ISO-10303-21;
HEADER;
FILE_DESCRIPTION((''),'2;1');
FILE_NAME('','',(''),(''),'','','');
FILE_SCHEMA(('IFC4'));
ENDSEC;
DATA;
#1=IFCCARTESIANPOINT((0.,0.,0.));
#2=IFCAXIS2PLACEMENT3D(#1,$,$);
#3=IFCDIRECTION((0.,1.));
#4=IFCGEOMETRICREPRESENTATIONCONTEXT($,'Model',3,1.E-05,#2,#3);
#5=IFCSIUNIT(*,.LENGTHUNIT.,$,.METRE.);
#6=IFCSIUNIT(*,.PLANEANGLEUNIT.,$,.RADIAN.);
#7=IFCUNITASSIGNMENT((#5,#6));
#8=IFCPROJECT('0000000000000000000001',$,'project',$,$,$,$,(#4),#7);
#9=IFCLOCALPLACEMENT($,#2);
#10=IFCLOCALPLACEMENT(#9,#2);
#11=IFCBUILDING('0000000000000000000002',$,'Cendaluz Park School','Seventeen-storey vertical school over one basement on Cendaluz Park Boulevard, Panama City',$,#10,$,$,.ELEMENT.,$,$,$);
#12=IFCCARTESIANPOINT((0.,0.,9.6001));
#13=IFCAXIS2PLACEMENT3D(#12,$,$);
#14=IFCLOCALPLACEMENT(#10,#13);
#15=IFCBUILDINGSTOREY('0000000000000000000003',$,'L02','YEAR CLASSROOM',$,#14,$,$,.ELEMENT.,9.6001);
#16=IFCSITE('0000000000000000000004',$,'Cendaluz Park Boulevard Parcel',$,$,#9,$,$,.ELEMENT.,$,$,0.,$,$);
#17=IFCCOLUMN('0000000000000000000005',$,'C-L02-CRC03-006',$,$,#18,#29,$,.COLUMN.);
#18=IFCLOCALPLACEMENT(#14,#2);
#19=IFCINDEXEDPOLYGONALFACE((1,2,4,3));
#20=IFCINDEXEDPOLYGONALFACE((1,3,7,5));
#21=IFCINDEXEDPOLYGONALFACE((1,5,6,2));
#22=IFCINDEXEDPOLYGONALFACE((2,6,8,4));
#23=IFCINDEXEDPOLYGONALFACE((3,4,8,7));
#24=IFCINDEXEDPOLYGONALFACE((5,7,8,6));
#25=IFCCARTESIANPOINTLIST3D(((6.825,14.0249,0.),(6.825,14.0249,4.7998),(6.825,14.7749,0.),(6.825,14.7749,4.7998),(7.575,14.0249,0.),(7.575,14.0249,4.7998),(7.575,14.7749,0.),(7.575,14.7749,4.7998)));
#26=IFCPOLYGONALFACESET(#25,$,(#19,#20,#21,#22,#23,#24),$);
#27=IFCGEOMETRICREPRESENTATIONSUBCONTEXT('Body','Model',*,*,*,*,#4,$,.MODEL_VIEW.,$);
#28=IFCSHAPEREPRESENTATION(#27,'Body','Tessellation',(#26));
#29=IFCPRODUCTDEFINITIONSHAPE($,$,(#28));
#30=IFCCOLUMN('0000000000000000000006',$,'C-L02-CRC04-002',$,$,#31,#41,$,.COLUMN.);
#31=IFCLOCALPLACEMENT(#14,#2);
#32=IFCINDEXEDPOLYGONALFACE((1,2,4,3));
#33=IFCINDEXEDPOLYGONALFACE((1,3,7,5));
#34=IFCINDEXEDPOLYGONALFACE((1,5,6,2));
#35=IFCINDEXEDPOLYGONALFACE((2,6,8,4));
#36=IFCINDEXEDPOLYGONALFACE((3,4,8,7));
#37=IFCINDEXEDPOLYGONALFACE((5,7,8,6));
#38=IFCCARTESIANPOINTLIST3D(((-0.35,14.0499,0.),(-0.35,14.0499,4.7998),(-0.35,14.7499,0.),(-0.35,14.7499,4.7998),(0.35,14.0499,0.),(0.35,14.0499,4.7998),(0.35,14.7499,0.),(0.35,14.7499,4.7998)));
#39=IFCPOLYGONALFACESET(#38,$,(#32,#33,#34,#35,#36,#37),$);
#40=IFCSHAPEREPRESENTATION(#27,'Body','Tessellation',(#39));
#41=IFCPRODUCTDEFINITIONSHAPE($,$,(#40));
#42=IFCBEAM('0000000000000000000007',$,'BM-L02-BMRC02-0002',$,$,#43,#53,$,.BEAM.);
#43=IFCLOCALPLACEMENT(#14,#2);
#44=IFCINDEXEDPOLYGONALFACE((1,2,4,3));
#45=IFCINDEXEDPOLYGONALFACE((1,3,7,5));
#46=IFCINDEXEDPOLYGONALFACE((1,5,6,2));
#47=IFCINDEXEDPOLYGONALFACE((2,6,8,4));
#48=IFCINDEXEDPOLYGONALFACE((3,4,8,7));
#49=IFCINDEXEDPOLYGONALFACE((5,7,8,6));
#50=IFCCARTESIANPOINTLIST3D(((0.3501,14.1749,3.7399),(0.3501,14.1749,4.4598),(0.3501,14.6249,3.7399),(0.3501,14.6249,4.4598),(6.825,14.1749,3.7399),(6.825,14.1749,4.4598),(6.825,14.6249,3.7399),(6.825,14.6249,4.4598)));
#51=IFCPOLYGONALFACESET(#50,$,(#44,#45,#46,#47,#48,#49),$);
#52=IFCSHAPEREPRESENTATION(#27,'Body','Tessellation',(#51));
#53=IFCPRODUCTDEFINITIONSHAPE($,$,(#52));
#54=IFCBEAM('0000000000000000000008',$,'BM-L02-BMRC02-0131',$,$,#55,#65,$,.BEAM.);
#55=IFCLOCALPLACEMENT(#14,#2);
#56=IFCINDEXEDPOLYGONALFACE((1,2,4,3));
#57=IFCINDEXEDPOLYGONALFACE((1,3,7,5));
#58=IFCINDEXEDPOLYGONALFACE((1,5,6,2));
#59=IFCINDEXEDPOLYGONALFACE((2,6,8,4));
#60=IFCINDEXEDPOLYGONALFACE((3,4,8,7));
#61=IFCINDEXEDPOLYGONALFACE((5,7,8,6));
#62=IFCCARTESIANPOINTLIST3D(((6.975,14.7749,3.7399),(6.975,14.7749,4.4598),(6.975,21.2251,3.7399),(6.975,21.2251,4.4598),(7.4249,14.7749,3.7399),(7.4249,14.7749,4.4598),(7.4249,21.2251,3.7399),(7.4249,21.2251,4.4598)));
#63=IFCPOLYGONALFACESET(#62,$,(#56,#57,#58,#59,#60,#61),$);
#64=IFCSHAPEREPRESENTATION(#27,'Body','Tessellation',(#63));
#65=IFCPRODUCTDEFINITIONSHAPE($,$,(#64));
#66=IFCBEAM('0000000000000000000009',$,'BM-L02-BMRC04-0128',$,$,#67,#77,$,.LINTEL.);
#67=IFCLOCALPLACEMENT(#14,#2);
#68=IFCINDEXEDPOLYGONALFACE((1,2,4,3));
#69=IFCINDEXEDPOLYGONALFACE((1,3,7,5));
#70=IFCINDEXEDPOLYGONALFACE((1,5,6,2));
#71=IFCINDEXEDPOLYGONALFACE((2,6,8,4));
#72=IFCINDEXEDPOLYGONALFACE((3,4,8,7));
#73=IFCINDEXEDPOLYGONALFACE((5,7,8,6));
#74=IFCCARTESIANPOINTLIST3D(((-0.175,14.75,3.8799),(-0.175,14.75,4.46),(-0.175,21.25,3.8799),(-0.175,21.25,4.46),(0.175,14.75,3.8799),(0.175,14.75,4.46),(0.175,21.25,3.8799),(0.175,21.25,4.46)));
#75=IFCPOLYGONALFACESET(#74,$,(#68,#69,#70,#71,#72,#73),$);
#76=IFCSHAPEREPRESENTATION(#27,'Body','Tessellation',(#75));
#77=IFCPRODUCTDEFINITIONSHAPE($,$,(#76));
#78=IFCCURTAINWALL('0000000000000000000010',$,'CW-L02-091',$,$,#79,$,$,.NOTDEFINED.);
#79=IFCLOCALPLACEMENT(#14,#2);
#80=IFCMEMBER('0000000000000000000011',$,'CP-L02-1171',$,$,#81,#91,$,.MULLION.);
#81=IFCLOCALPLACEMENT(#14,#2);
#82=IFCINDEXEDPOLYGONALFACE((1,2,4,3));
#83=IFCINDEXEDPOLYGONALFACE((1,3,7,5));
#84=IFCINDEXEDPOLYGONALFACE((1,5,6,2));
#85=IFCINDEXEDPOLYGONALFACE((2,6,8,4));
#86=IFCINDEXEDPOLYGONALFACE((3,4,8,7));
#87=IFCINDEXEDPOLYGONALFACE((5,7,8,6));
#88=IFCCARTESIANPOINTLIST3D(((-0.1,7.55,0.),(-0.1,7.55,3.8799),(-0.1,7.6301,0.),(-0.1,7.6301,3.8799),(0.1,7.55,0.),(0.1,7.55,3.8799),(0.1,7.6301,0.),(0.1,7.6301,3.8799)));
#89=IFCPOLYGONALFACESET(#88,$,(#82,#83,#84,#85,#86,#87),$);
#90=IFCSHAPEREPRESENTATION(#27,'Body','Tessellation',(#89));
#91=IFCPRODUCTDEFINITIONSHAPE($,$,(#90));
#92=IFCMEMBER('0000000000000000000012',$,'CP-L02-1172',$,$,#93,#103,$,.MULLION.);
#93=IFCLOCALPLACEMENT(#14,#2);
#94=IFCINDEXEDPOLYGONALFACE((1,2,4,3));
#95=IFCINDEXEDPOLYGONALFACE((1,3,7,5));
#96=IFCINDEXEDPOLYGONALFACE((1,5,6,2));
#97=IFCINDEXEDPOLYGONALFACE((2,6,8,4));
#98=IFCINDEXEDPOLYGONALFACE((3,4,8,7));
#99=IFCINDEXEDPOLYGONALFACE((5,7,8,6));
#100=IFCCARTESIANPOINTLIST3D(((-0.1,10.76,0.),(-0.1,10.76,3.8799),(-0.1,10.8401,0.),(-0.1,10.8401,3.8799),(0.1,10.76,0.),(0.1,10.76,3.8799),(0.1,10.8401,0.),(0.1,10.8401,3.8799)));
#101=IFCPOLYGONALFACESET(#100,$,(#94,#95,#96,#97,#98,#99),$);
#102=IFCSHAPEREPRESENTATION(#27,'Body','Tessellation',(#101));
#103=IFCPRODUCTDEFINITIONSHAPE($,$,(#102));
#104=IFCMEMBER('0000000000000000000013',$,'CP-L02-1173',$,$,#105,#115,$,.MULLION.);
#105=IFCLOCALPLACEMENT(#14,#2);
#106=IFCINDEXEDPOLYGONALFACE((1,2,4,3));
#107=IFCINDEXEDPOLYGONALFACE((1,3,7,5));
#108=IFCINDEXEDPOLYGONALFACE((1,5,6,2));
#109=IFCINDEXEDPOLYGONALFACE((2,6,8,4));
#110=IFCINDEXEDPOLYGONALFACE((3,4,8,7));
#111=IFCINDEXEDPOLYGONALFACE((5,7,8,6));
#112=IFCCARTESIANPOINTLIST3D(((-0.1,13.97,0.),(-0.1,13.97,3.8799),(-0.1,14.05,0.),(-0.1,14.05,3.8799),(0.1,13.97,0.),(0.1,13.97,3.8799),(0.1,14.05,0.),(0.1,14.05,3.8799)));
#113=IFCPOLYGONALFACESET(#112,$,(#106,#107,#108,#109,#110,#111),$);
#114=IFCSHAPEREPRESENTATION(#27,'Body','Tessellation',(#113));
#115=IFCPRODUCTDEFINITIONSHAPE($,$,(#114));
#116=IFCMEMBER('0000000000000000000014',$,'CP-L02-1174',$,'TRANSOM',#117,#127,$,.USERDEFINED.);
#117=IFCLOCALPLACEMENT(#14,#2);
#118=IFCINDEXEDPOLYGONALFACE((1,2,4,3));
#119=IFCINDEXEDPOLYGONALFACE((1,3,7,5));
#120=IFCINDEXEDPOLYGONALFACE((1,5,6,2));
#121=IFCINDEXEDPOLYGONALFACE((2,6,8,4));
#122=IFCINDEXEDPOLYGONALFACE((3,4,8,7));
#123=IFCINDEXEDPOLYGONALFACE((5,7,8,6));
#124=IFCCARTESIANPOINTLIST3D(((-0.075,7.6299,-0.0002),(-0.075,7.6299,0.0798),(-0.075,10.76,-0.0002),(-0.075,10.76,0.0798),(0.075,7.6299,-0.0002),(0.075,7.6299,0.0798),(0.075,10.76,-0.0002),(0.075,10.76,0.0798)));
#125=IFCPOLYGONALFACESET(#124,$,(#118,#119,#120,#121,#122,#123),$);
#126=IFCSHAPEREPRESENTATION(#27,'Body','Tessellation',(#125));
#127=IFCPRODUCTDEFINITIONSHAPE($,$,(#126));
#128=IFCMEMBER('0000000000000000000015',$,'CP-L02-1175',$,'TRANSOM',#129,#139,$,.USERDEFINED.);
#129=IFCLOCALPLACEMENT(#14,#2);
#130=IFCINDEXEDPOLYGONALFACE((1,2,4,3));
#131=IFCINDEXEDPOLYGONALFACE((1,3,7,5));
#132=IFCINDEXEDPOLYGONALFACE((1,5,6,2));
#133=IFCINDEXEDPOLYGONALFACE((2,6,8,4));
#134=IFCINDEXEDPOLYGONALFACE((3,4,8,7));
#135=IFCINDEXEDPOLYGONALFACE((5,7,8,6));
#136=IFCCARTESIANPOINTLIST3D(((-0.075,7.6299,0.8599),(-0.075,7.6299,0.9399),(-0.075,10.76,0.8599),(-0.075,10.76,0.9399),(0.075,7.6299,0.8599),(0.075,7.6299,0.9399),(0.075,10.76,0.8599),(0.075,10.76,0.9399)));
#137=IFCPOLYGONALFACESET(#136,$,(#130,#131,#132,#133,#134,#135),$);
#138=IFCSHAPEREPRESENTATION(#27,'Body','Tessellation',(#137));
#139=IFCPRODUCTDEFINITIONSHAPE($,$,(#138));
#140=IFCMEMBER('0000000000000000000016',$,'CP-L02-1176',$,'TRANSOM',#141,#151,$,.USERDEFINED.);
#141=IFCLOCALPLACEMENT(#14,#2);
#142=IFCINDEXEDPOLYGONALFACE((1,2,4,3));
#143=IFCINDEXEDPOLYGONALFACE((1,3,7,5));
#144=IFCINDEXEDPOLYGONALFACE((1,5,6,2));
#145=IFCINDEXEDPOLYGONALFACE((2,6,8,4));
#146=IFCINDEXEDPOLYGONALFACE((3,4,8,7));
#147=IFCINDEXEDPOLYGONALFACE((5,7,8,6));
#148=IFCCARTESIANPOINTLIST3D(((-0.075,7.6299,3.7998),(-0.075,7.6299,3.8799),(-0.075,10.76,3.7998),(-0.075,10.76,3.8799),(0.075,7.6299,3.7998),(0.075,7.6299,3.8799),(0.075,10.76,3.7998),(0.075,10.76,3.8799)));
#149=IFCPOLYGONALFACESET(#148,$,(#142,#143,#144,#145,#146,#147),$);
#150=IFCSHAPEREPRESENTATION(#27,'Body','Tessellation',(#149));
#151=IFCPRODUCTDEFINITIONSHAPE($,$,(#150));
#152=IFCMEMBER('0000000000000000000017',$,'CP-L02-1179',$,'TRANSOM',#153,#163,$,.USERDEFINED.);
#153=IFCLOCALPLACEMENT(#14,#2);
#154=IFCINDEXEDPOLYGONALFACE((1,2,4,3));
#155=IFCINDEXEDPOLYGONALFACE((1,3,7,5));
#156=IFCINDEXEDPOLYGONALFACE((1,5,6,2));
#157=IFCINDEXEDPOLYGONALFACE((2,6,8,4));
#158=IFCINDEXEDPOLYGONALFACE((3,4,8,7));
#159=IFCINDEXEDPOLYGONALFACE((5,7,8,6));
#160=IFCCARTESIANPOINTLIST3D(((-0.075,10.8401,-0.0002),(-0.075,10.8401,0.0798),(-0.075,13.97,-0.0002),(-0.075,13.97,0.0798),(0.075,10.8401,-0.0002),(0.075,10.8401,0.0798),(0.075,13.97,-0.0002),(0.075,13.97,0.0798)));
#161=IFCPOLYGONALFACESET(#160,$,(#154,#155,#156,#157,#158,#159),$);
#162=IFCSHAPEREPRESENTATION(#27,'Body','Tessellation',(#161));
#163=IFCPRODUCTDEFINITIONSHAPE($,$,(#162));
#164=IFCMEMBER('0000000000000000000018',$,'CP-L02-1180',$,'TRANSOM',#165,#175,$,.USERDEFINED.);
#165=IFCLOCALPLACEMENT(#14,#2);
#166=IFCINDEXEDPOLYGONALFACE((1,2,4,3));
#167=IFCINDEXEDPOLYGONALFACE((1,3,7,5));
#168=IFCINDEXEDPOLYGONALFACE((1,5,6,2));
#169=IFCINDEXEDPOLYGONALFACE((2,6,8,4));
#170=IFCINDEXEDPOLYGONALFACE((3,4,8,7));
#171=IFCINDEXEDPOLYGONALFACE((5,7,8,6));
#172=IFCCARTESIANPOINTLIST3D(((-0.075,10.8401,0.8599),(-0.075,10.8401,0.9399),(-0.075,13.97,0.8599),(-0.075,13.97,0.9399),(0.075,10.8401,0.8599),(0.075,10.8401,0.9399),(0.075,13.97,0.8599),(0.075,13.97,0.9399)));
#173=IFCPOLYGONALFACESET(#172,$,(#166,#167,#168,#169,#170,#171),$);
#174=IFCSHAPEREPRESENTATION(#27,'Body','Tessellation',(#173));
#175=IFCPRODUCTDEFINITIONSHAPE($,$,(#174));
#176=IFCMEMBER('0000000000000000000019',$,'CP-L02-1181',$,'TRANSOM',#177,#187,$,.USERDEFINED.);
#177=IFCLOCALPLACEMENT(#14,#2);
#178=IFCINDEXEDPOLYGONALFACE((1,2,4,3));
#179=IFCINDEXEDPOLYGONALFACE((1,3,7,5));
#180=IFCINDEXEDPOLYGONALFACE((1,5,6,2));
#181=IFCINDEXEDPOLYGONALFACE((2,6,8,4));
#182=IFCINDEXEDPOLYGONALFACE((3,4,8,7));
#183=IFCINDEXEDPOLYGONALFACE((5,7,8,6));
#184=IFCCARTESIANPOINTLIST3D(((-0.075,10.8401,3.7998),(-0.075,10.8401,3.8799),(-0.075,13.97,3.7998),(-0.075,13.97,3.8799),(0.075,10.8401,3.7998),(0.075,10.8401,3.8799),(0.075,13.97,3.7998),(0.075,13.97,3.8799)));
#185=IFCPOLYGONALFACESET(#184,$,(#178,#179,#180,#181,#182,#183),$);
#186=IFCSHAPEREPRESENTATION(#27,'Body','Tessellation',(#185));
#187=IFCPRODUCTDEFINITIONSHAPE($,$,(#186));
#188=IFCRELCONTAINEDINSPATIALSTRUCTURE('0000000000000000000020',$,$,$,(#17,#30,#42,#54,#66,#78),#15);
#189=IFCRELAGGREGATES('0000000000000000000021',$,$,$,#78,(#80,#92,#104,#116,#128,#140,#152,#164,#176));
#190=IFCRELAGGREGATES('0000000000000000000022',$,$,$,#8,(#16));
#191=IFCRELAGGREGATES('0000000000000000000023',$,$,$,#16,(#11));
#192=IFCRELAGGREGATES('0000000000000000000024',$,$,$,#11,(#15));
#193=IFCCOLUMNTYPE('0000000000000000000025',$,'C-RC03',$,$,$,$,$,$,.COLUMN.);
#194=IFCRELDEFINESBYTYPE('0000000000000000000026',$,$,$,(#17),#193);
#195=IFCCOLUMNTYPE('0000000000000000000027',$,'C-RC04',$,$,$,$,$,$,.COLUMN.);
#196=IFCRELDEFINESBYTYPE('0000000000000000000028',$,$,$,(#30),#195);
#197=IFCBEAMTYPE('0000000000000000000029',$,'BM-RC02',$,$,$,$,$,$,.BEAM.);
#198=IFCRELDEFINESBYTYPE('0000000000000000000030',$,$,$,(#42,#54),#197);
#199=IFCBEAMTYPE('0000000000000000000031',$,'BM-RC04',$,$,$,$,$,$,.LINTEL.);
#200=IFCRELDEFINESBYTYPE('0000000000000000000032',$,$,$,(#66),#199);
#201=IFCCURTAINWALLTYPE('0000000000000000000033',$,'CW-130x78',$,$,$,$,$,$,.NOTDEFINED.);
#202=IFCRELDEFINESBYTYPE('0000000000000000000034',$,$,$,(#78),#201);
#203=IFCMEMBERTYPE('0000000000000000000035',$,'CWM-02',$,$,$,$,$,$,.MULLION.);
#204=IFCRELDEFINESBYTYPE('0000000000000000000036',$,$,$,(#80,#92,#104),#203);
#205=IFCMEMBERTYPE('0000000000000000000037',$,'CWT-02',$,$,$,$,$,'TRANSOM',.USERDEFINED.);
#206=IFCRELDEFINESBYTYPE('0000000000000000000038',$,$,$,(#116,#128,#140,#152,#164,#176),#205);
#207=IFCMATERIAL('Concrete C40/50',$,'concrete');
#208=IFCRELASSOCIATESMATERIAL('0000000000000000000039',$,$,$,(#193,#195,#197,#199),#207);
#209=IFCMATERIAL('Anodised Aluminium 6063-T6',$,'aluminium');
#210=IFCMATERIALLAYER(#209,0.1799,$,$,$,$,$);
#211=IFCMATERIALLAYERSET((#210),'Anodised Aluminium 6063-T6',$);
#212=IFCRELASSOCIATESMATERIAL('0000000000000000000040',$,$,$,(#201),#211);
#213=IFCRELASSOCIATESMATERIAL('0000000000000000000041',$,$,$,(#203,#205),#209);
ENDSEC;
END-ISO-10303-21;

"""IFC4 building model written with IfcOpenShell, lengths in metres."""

from ifc_helpers import new_model, si_unit, direction, frame, origin, origin_2d, place, context, subcontext, project, spatial, rectangle, extrude, material, layer, layer_set, material_profile, profile_set, type_object, element, aggregate, save


model = new_model("IFC4")

# Units and contexts
model_context = context("Model", 3, precision=1e-05, world=origin(), true_north=direction((0.0, 1.0)))
body_context = subcontext(model_context, "Body", "Model", "MODEL_VIEW")
ifc_project = project(units=[si_unit("LENGTHUNIT", "METRE"), si_unit("PLANEANGLEUNIT", "RADIAN")], contexts=[model_context])

# Site, building, storey
site_placement = place(None, origin())
site = spatial("IfcSite", under=ifc_project, at=site_placement, Name="Cendaluz Park Boulevard Parcel", CompositionType="ELEMENT", RefElevation=0.0)
building_placement = place(site_placement, origin())
building = spatial("IfcBuilding", under=site, at=building_placement, Name="Cendaluz Park School", Description="Seventeen-storey vertical school over one basement on Cendaluz Park Boulevard, Panama City", CompositionType="ELEMENT")
storey_placement = place(building_placement, frame((0.0, 0.0, 9.6001)))
storey = spatial("IfcBuildingStorey", under=building, at=storey_placement, Name="L02", Description="YEAR CLASSROOM", CompositionType="ELEMENT", Elevation=9.6001)

# Columns
ifc_material_1 = material(Name="Concrete C40/50", Category="concrete")
ifc_material_profile_1 = material_profile(ifc_material_1, rectangle(XDim=0.75, YDim=0.75, at=origin_2d()), Name="RC 750x750", Category="concrete")
ifc_profile_set_1 = profile_set([ifc_material_profile_1], Name="Concrete C40/50")
column_type_1 = type_object("IfcColumnType", Name="C-RC03", PredefinedType="COLUMN", material=ifc_profile_set_1)
column_1_placement = place(storey_placement, frame((7.2, 14.3999, 0.0), z_axis=(0.0, 0.0, 1.0), x_axis=(1.0, 0.0, 0.0)))
element("IfcColumn", 1, at=column_1_placement, inside=storey, type_object=column_type_1, Name="C-L02-CRC03-006", PredefinedType="COLUMN", context=body_context, shape_type="SweptSolid", body=[
    extrude(rectangle(XDim=0.75, YDim=0.75, at=origin_2d()), origin(), (0.0, 0.0, 1.0), 4.7998),
])
ifc_material_profile_2 = material_profile(ifc_material_1, rectangle(XDim=0.7, YDim=0.7, at=origin_2d()), Name="RC 700x700", Category="concrete")
ifc_profile_set_2 = profile_set([ifc_material_profile_2], Name="Concrete C40/50")
column_type_2 = type_object("IfcColumnType", Name="C-RC04", PredefinedType="COLUMN", material=ifc_profile_set_2)
column_2_placement = place(storey_placement, frame((0.0, 14.3999, 0.0), z_axis=(0.0, 0.0, 1.0), x_axis=(1.0, 0.0, 0.0)))
element("IfcColumn", 2, at=column_2_placement, inside=storey, type_object=column_type_2, Name="C-L02-CRC04-002", PredefinedType="COLUMN", context=body_context, shape_type="SweptSolid", body=[
    extrude(rectangle(XDim=0.7, YDim=0.7, at=origin_2d()), origin(), (0.0, 0.0, 1.0), 4.7998),
])

# Beams
ifc_material_profile_3 = material_profile(ifc_material_1, rectangle(XDim=0.45, YDim=0.72, at=origin_2d()), Name="RC 450x720", Category="concrete")
ifc_profile_set_3 = profile_set([ifc_material_profile_3], Name="Concrete C40/50")
beam_type_1 = type_object("IfcBeamType", Name="BM-RC02", PredefinedType="BEAM", material=ifc_profile_set_3)
beam_1_placement = place(storey_placement, frame((0.3501, 14.3999, 4.0999), z_axis=(1.0, 0.0, 0.0), x_axis=(0.0, 1.0, 0.0)))
element("IfcBeam", 3, at=beam_1_placement, inside=storey, type_object=beam_type_1, Name="BM-L02-BMRC02-0002", PredefinedType="BEAM", context=body_context, shape_type="SweptSolid", body=[
    extrude(rectangle(XDim=0.45, YDim=0.72, at=origin_2d()), origin(), (0.0, 0.0, 1.0), 6.4749),
])
beam_2_placement = place(storey_placement, frame((7.2, 14.7749, 4.0999), z_axis=(0.0, 1.0, 0.0), x_axis=(-1.0, 0.0, 0.0)))
element("IfcBeam", 4, at=beam_2_placement, inside=storey, type_object=beam_type_1, Name="BM-L02-BMRC02-0131", PredefinedType="BEAM", context=body_context, shape_type="SweptSolid", body=[
    extrude(rectangle(XDim=0.45, YDim=0.72, at=origin_2d()), origin(), (0.0, 0.0, 1.0), 6.4502),
])
ifc_material_profile_4 = material_profile(ifc_material_1, rectangle(XDim=0.3501, YDim=0.5801, at=origin_2d()), Name="RC 350x580", Category="concrete")
ifc_profile_set_4 = profile_set([ifc_material_profile_4], Name="Concrete C40/50")
beam_type_2 = type_object("IfcBeamType", Name="BM-RC04", PredefinedType="LINTEL", material=ifc_profile_set_4)
beam_3_placement = place(storey_placement, frame((0.0, 14.75, 4.1699), z_axis=(0.0, 1.0, 0.0), x_axis=(-1.0, 0.0, 0.0)))
element("IfcBeam", 5, at=beam_3_placement, inside=storey, type_object=beam_type_2, Name="BM-L02-BMRC04-0128", PredefinedType="LINTEL", context=body_context, shape_type="SweptSolid", body=[
    extrude(rectangle(XDim=0.3501, YDim=0.5801, at=origin_2d()), origin(), (0.0, 0.0, 1.0), 6.5),
])

# Curtain wall, members
ifc_material_2 = material(Name="Anodised Aluminium 6063-T6", Category="aluminium")
ifc_layer_1 = layer(ifc_material_2, 0.1799)
ifc_layer_set_1 = layer_set([ifc_layer_1], Name="Anodised Aluminium 6063-T6")
curtain_wall_type = type_object("IfcCurtainWallType", Name="CW-130x78", PredefinedType="NOTDEFINED", material=ifc_layer_set_1)
curtain_wall_placement = place(storey_placement, origin())
curtain_wall = element("IfcCurtainWall", 6, at=curtain_wall_placement, inside=storey, type_object=curtain_wall_type, Name="CW-L02-091", PredefinedType="NOTDEFINED")
ifc_material_profile_5 = material_profile(ifc_material_2, rectangle(XDim=0.2, YDim=0.0801, at=origin_2d()), Name="CWM 200x80", Category="aluminium")
ifc_profile_set_5 = profile_set([ifc_material_profile_5], Name="Anodised Aluminium 6063-T6")
member_type_1 = type_object("IfcMemberType", Name="CWM-02", PredefinedType="MULLION", material=ifc_profile_set_5)
member_1_placement = place(storey_placement, frame((0.0, 7.5901, 0.0), z_axis=(0.0, 0.0, 1.0), x_axis=(-1.0, 0.0, 0.0)))
member_1 = element("IfcMember", 7, at=member_1_placement, type_object=member_type_1, Name="CP-L02-1171", PredefinedType="MULLION", context=body_context, shape_type="SweptSolid", body=[
    extrude(rectangle(XDim=0.2, YDim=0.0801, at=origin_2d()), origin(), (0.0, 0.0, 1.0), 3.8799),
])
member_2_placement = place(storey_placement, frame((0.0, 10.8, 0.0), z_axis=(0.0, 0.0, 1.0), x_axis=(-1.0, 0.0, 0.0)))
member_2 = element("IfcMember", 8, at=member_2_placement, type_object=member_type_1, Name="CP-L02-1172", PredefinedType="MULLION", context=body_context, shape_type="SweptSolid", body=[
    extrude(rectangle(XDim=0.2, YDim=0.0801, at=origin_2d()), origin(), (0.0, 0.0, 1.0), 3.8799),
])
member_3_placement = place(storey_placement, frame((0.0, 14.01, 0.0), z_axis=(0.0, 0.0, 1.0), x_axis=(-1.0, 0.0, 0.0)))
member_3 = element("IfcMember", 9, at=member_3_placement, type_object=member_type_1, Name="CP-L02-1173", PredefinedType="MULLION", context=body_context, shape_type="SweptSolid", body=[
    extrude(rectangle(XDim=0.2, YDim=0.0801, at=origin_2d()), origin(), (0.0, 0.0, 1.0), 3.8799),
])
ifc_material_profile_6 = material_profile(ifc_material_2, rectangle(XDim=0.1499, YDim=0.0801, at=origin_2d()), Name="CWT 150x80", Category="aluminium")
ifc_profile_set_6 = profile_set([ifc_material_profile_6], Name="Anodised Aluminium 6063-T6")
member_type_2 = type_object("IfcMemberType", Name="CWT-02", ElementType="TRANSOM", PredefinedType="USERDEFINED", material=ifc_profile_set_6)
member_4_placement = place(storey_placement, frame((0.0, 7.6299, 0.0398), z_axis=(0.0, 1.0, 0.0), x_axis=(-1.0, 0.0, 0.0)))
member_4 = element("IfcMember", 10, at=member_4_placement, type_object=member_type_2, Name="CP-L02-1174", ObjectType="TRANSOM", PredefinedType="USERDEFINED", context=body_context, shape_type="SweptSolid", body=[
    extrude(rectangle(XDim=0.1499, YDim=0.0801, at=origin_2d()), origin(), (0.0, 0.0, 1.0), 3.1301),
])
member_5_placement = place(storey_placement, frame((0.0, 7.6299, 0.8999), z_axis=(0.0, 1.0, 0.0), x_axis=(-1.0, 0.0, 0.0)))
member_5 = element("IfcMember", 11, at=member_5_placement, type_object=member_type_2, Name="CP-L02-1175", ObjectType="TRANSOM", PredefinedType="USERDEFINED", context=body_context, shape_type="SweptSolid", body=[
    extrude(rectangle(XDim=0.1499, YDim=0.0801, at=origin_2d()), origin(), (0.0, 0.0, 1.0), 3.1301),
])
member_6_placement = place(storey_placement, frame((0.0, 7.6299, 3.8398), z_axis=(0.0, 1.0, 0.0), x_axis=(-1.0, 0.0, 0.0)))
member_6 = element("IfcMember", 12, at=member_6_placement, type_object=member_type_2, Name="CP-L02-1176", ObjectType="TRANSOM", PredefinedType="USERDEFINED", context=body_context, shape_type="SweptSolid", body=[
    extrude(rectangle(XDim=0.1499, YDim=0.0801, at=origin_2d()), origin(), (0.0, 0.0, 1.0), 3.1301),
])
member_7_placement = place(storey_placement, frame((0.0, 10.8401, 0.0398), z_axis=(0.0, 1.0, 0.0), x_axis=(-1.0, 0.0, 0.0)))
member_7 = element("IfcMember", 13, at=member_7_placement, type_object=member_type_2, Name="CP-L02-1179", ObjectType="TRANSOM", PredefinedType="USERDEFINED", context=body_context, shape_type="SweptSolid", body=[
    extrude(rectangle(XDim=0.1499, YDim=0.0801, at=origin_2d()), origin(), (0.0, 0.0, 1.0), 3.1299),
])
member_8_placement = place(storey_placement, frame((0.0, 10.8401, 0.8999), z_axis=(0.0, 1.0, 0.0), x_axis=(-1.0, 0.0, 0.0)))
member_8 = element("IfcMember", 14, at=member_8_placement, type_object=member_type_2, Name="CP-L02-1180", ObjectType="TRANSOM", PredefinedType="USERDEFINED", context=body_context, shape_type="SweptSolid", body=[
    extrude(rectangle(XDim=0.1499, YDim=0.0801, at=origin_2d()), origin(), (0.0, 0.0, 1.0), 3.1299),
])
member_9_placement = place(storey_placement, frame((0.0, 10.8401, 3.8398), z_axis=(0.0, 1.0, 0.0), x_axis=(-1.0, 0.0, 0.0)))
member_9 = element("IfcMember", 15, at=member_9_placement, type_object=member_type_2, Name="CP-L02-1181", ObjectType="TRANSOM", PredefinedType="USERDEFINED", context=body_context, shape_type="SweptSolid", body=[
    extrude(rectangle(XDim=0.1499, YDim=0.0801, at=origin_2d()), origin(), (0.0, 0.0, 1.0), 3.1299),
])
aggregate(curtain_wall, [member_1, member_2, member_3, member_4, member_5, member_6, member_7, member_8, member_9])

save(model, "model.ifc")
